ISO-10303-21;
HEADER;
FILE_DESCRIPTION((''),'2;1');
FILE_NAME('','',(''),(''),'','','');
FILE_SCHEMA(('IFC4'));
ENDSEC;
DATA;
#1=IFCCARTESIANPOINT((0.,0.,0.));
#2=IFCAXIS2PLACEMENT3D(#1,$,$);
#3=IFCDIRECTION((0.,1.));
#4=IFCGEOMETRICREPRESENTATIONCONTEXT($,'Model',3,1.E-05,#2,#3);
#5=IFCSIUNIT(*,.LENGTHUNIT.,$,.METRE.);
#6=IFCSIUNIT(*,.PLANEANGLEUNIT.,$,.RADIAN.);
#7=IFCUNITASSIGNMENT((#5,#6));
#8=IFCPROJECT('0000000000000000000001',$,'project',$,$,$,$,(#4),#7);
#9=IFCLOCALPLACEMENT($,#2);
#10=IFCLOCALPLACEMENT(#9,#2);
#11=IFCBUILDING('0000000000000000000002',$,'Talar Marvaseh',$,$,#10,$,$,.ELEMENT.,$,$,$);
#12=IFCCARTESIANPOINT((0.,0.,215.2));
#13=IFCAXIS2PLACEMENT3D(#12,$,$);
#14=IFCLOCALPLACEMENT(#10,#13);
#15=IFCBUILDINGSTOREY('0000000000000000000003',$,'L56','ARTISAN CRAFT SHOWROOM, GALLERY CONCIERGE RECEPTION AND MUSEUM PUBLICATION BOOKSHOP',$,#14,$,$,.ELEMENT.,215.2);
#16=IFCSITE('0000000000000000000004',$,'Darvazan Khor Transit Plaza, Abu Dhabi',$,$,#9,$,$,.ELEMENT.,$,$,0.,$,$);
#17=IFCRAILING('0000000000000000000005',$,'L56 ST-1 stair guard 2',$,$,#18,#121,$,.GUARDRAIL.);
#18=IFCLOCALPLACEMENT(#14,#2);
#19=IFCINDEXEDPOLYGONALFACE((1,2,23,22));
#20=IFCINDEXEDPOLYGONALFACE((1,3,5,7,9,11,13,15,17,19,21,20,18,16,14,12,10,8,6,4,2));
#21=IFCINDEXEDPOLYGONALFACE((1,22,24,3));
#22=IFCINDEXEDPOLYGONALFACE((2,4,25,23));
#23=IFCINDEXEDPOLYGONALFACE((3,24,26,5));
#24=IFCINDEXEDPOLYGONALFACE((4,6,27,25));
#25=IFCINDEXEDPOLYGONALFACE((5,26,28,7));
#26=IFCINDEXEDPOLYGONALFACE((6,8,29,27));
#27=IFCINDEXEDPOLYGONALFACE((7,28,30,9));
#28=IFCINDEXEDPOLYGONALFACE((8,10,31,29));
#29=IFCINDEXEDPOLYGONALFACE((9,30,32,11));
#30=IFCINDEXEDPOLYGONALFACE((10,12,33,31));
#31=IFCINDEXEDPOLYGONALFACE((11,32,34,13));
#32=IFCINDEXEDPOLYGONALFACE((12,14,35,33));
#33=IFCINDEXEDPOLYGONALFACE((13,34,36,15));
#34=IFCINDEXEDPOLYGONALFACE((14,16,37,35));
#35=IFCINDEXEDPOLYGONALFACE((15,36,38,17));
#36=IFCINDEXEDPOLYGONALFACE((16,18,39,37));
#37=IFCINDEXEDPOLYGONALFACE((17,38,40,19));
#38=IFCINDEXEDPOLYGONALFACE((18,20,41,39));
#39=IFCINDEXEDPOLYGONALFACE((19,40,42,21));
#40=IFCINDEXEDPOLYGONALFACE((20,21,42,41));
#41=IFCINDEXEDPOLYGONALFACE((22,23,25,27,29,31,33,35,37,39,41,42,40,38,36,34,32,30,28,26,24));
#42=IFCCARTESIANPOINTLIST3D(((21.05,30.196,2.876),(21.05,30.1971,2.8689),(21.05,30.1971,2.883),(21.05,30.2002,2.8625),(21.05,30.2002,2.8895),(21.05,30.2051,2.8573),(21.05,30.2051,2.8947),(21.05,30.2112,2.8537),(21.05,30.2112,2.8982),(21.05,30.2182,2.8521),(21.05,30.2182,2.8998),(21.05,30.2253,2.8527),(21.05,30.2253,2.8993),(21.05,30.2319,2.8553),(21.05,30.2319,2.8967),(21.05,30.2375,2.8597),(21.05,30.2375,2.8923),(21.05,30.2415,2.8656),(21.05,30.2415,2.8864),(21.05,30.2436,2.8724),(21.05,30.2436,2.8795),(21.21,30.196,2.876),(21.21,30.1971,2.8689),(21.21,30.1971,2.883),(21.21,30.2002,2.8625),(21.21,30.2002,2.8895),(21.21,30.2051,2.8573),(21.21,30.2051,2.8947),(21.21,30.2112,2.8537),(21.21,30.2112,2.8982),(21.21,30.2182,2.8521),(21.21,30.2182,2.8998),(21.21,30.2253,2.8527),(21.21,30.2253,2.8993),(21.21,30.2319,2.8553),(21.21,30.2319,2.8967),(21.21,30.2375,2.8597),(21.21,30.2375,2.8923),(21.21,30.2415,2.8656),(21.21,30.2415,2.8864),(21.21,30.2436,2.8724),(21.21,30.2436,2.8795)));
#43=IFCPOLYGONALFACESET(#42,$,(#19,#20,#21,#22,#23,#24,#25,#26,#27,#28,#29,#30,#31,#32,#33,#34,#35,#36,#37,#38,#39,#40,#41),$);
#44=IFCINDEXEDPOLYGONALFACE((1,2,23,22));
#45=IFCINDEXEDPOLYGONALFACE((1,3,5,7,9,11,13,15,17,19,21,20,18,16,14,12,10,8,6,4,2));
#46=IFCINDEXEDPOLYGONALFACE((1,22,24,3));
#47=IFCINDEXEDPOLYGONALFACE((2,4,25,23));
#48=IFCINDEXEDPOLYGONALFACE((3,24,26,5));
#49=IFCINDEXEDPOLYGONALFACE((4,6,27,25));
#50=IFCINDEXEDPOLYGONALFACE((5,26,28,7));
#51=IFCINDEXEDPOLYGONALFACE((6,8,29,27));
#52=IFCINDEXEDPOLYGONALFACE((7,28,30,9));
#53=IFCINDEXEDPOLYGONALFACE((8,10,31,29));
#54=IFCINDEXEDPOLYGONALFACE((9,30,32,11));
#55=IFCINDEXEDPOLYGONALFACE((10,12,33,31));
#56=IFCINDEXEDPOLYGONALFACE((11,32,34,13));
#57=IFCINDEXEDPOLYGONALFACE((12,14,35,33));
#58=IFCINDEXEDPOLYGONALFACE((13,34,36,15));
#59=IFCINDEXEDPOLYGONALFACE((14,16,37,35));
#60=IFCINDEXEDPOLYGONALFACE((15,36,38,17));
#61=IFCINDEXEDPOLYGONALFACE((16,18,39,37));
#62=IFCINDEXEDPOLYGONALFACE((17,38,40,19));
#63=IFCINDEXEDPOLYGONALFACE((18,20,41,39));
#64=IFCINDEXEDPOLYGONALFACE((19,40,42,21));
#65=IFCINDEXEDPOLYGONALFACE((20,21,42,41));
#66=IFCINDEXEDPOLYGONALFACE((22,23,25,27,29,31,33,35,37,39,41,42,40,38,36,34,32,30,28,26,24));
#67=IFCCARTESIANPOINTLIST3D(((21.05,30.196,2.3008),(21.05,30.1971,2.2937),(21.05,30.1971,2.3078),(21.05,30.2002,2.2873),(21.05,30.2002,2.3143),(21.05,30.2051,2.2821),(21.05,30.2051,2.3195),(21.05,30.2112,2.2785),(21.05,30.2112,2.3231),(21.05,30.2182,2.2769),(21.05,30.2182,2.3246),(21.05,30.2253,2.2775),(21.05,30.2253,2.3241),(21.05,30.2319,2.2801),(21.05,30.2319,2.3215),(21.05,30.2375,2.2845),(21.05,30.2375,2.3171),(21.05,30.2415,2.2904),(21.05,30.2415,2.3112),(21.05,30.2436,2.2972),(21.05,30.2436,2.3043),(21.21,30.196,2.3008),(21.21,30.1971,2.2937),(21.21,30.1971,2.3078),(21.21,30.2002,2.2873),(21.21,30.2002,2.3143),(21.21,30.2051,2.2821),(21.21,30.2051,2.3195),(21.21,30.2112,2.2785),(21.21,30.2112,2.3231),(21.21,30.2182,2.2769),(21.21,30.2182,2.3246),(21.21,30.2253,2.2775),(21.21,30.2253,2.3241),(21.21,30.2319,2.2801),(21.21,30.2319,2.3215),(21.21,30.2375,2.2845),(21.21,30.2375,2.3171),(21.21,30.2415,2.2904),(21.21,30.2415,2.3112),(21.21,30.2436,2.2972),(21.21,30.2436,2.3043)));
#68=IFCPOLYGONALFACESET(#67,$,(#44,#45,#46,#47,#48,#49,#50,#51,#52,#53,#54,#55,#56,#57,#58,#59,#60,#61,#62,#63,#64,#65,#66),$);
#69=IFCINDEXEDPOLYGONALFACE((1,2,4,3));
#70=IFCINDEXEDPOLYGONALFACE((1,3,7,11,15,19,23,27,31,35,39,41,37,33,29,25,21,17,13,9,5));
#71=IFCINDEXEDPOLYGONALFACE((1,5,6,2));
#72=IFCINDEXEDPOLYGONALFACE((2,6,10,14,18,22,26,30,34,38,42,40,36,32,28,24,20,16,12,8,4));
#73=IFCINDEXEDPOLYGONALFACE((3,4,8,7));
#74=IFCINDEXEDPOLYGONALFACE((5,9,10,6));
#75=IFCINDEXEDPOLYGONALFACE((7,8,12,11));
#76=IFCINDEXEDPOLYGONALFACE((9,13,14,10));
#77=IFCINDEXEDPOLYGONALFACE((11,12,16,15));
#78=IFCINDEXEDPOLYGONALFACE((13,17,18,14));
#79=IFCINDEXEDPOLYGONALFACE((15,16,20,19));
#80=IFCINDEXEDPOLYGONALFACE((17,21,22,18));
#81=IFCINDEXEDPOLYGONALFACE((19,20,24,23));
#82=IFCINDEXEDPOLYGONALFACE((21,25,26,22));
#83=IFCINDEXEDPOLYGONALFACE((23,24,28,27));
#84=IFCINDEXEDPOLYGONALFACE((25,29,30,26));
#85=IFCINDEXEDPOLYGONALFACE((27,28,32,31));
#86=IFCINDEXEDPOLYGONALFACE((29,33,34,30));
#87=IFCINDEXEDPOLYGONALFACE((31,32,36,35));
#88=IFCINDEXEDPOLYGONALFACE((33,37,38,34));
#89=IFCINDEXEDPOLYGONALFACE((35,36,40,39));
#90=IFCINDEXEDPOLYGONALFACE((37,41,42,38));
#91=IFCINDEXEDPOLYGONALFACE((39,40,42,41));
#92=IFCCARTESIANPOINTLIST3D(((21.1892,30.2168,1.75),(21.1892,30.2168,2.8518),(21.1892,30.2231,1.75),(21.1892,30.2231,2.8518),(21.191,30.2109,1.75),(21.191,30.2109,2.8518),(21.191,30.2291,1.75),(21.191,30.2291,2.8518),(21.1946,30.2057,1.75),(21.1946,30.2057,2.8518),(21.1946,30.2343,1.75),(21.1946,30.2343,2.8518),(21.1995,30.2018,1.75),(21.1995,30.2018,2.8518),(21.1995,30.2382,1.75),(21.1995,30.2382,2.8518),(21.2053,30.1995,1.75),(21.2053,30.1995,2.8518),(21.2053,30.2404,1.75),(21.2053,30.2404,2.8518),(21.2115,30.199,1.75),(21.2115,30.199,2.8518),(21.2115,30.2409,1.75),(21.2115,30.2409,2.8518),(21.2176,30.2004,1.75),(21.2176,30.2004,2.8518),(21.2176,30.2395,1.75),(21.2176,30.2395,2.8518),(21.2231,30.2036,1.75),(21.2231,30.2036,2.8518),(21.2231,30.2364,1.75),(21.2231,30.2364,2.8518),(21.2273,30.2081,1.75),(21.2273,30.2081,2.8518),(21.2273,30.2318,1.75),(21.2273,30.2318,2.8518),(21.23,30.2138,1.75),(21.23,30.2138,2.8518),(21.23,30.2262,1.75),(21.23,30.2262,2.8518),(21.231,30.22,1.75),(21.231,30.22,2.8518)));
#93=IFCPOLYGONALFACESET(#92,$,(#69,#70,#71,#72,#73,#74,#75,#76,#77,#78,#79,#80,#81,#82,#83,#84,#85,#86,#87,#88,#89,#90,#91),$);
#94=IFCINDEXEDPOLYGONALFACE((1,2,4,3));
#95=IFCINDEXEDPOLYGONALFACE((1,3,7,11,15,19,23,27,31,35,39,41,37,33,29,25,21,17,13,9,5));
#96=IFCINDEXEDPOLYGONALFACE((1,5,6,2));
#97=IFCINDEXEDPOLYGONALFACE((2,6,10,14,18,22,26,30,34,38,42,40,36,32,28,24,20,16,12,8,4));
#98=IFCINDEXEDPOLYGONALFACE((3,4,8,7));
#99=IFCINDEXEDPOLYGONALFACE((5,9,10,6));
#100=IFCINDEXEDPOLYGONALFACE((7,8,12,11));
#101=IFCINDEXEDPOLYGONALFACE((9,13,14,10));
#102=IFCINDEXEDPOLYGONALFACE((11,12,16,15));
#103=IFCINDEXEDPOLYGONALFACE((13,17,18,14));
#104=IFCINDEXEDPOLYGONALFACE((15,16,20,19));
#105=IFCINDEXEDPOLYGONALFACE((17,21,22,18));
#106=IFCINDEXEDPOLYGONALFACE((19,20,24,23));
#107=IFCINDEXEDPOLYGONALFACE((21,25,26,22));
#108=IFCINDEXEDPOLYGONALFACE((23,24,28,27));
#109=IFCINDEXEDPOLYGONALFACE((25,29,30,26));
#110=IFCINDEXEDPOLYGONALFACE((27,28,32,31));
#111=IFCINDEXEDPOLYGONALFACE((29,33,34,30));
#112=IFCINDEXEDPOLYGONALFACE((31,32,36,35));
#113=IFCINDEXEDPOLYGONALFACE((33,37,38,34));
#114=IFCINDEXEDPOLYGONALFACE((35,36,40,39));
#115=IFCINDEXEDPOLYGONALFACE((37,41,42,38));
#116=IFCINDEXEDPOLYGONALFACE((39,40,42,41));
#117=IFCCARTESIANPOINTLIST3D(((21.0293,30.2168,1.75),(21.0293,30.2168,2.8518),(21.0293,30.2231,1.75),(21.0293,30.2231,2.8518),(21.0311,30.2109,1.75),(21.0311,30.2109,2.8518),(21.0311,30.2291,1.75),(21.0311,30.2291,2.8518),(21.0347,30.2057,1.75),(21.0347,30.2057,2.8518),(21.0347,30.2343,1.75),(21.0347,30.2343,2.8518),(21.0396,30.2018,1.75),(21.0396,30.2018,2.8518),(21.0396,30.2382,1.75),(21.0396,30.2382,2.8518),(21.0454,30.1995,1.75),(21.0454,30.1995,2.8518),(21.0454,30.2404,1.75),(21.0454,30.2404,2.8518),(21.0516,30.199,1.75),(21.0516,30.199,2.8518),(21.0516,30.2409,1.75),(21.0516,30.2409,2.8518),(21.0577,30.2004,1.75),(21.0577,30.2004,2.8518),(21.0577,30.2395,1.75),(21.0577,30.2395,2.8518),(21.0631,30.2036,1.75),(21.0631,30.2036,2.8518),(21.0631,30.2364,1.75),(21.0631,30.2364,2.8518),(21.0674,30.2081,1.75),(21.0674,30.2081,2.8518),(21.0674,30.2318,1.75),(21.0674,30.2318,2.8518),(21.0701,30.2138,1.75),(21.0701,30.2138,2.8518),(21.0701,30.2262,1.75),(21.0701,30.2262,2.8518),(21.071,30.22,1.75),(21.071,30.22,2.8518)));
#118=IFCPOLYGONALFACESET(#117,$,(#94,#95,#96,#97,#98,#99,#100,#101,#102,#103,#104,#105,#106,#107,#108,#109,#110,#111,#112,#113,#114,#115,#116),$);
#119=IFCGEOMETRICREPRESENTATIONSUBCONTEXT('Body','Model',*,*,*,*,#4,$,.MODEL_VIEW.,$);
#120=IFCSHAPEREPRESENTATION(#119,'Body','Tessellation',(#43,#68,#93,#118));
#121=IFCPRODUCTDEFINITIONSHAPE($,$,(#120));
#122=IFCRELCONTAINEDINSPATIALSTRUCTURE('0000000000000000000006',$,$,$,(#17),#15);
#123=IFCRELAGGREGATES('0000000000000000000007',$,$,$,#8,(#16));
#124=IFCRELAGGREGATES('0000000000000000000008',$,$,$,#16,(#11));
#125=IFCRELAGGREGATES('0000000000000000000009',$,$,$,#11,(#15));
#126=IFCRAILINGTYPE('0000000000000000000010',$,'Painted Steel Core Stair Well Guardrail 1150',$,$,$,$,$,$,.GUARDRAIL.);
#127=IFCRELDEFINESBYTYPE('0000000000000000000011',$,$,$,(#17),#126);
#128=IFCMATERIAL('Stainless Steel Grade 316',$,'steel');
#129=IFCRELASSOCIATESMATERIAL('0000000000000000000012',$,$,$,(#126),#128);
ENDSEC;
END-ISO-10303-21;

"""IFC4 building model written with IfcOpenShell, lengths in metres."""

from ifc_helpers import new_model, si_unit, direction, frame, origin, origin_2d, place, context, subcontext, project, spatial, circle, extrude, material, type_object, element, save


model = new_model("IFC4")

# Units and contexts
model_context = context("Model", 3, precision=1e-05, world=origin(), true_north=direction((0.0, 1.0)))
body_context = subcontext(model_context, "Body", "Model", "MODEL_VIEW")
ifc_project = project(units=[si_unit("LENGTHUNIT", "METRE"), si_unit("PLANEANGLEUNIT", "RADIAN")], contexts=[model_context])

# Site, building, storey
site_placement = place(None, origin())
site = spatial("IfcSite", under=ifc_project, at=site_placement, Name="Darvazan Khor Transit Plaza, Abu Dhabi", CompositionType="ELEMENT", RefElevation=0.0)
building_placement = place(site_placement, origin())
building = spatial("IfcBuilding", under=site, at=building_placement, Name="Talar Marvaseh", CompositionType="ELEMENT")
storey_placement = place(building_placement, frame((0.0, 0.0, 215.2)))
storey = spatial("IfcBuildingStorey", under=building, at=storey_placement, Name="L56", Description="ARTISAN CRAFT SHOWROOM, GALLERY CONCIERGE RECEPTION AND MUSEUM PUBLICATION BOOKSHOP", CompositionType="ELEMENT", Elevation=215.2)

# Railing
ifc_material_1 = material(Name="Stainless Steel Grade 316", Category="steel")
railing_type_1 = type_object("IfcRailingType", Name="Painted Steel Core Stair Well Guardrail 1150", PredefinedType="GUARDRAIL", material=ifc_material_1)
railing_1_placement = place(storey_placement, frame((21.21, 30.22, 1.75)))
element("IfcRailing", 1, at=railing_1_placement, inside=storey, type_object=railing_type_1, Name="L56 ST-1 stair guard 2", PredefinedType="GUARDRAIL", context=body_context, shape_type="SweptSolid", body=[
    extrude(circle(Radius=0.0239, at=origin_2d()), frame((0.0, 0.0, 1.126), z_axis=(-1.0, 0.0, 0.0), x_axis=(0.0, -1.0, 0.0)), (0.0, 0.0, 1.0), 0.1599),
    extrude(circle(Radius=0.0239, at=origin_2d()), frame((0.0, 0.0, 0.5508), z_axis=(-1.0, 0.0, 0.0), x_axis=(0.0, -1.0, 0.0)), (0.0, 0.0, 1.0), 0.1599),
    extrude(circle(Radius=0.021, at=origin_2d()), origin(), (0.0, 0.0, 1.0), 1.1018),
    extrude(circle(Radius=0.021, at=origin_2d()), frame((-0.1599, 0.0, 0.0)), (0.0, 0.0, 1.0), 1.1018),
])

save(model, "model.ifc")
